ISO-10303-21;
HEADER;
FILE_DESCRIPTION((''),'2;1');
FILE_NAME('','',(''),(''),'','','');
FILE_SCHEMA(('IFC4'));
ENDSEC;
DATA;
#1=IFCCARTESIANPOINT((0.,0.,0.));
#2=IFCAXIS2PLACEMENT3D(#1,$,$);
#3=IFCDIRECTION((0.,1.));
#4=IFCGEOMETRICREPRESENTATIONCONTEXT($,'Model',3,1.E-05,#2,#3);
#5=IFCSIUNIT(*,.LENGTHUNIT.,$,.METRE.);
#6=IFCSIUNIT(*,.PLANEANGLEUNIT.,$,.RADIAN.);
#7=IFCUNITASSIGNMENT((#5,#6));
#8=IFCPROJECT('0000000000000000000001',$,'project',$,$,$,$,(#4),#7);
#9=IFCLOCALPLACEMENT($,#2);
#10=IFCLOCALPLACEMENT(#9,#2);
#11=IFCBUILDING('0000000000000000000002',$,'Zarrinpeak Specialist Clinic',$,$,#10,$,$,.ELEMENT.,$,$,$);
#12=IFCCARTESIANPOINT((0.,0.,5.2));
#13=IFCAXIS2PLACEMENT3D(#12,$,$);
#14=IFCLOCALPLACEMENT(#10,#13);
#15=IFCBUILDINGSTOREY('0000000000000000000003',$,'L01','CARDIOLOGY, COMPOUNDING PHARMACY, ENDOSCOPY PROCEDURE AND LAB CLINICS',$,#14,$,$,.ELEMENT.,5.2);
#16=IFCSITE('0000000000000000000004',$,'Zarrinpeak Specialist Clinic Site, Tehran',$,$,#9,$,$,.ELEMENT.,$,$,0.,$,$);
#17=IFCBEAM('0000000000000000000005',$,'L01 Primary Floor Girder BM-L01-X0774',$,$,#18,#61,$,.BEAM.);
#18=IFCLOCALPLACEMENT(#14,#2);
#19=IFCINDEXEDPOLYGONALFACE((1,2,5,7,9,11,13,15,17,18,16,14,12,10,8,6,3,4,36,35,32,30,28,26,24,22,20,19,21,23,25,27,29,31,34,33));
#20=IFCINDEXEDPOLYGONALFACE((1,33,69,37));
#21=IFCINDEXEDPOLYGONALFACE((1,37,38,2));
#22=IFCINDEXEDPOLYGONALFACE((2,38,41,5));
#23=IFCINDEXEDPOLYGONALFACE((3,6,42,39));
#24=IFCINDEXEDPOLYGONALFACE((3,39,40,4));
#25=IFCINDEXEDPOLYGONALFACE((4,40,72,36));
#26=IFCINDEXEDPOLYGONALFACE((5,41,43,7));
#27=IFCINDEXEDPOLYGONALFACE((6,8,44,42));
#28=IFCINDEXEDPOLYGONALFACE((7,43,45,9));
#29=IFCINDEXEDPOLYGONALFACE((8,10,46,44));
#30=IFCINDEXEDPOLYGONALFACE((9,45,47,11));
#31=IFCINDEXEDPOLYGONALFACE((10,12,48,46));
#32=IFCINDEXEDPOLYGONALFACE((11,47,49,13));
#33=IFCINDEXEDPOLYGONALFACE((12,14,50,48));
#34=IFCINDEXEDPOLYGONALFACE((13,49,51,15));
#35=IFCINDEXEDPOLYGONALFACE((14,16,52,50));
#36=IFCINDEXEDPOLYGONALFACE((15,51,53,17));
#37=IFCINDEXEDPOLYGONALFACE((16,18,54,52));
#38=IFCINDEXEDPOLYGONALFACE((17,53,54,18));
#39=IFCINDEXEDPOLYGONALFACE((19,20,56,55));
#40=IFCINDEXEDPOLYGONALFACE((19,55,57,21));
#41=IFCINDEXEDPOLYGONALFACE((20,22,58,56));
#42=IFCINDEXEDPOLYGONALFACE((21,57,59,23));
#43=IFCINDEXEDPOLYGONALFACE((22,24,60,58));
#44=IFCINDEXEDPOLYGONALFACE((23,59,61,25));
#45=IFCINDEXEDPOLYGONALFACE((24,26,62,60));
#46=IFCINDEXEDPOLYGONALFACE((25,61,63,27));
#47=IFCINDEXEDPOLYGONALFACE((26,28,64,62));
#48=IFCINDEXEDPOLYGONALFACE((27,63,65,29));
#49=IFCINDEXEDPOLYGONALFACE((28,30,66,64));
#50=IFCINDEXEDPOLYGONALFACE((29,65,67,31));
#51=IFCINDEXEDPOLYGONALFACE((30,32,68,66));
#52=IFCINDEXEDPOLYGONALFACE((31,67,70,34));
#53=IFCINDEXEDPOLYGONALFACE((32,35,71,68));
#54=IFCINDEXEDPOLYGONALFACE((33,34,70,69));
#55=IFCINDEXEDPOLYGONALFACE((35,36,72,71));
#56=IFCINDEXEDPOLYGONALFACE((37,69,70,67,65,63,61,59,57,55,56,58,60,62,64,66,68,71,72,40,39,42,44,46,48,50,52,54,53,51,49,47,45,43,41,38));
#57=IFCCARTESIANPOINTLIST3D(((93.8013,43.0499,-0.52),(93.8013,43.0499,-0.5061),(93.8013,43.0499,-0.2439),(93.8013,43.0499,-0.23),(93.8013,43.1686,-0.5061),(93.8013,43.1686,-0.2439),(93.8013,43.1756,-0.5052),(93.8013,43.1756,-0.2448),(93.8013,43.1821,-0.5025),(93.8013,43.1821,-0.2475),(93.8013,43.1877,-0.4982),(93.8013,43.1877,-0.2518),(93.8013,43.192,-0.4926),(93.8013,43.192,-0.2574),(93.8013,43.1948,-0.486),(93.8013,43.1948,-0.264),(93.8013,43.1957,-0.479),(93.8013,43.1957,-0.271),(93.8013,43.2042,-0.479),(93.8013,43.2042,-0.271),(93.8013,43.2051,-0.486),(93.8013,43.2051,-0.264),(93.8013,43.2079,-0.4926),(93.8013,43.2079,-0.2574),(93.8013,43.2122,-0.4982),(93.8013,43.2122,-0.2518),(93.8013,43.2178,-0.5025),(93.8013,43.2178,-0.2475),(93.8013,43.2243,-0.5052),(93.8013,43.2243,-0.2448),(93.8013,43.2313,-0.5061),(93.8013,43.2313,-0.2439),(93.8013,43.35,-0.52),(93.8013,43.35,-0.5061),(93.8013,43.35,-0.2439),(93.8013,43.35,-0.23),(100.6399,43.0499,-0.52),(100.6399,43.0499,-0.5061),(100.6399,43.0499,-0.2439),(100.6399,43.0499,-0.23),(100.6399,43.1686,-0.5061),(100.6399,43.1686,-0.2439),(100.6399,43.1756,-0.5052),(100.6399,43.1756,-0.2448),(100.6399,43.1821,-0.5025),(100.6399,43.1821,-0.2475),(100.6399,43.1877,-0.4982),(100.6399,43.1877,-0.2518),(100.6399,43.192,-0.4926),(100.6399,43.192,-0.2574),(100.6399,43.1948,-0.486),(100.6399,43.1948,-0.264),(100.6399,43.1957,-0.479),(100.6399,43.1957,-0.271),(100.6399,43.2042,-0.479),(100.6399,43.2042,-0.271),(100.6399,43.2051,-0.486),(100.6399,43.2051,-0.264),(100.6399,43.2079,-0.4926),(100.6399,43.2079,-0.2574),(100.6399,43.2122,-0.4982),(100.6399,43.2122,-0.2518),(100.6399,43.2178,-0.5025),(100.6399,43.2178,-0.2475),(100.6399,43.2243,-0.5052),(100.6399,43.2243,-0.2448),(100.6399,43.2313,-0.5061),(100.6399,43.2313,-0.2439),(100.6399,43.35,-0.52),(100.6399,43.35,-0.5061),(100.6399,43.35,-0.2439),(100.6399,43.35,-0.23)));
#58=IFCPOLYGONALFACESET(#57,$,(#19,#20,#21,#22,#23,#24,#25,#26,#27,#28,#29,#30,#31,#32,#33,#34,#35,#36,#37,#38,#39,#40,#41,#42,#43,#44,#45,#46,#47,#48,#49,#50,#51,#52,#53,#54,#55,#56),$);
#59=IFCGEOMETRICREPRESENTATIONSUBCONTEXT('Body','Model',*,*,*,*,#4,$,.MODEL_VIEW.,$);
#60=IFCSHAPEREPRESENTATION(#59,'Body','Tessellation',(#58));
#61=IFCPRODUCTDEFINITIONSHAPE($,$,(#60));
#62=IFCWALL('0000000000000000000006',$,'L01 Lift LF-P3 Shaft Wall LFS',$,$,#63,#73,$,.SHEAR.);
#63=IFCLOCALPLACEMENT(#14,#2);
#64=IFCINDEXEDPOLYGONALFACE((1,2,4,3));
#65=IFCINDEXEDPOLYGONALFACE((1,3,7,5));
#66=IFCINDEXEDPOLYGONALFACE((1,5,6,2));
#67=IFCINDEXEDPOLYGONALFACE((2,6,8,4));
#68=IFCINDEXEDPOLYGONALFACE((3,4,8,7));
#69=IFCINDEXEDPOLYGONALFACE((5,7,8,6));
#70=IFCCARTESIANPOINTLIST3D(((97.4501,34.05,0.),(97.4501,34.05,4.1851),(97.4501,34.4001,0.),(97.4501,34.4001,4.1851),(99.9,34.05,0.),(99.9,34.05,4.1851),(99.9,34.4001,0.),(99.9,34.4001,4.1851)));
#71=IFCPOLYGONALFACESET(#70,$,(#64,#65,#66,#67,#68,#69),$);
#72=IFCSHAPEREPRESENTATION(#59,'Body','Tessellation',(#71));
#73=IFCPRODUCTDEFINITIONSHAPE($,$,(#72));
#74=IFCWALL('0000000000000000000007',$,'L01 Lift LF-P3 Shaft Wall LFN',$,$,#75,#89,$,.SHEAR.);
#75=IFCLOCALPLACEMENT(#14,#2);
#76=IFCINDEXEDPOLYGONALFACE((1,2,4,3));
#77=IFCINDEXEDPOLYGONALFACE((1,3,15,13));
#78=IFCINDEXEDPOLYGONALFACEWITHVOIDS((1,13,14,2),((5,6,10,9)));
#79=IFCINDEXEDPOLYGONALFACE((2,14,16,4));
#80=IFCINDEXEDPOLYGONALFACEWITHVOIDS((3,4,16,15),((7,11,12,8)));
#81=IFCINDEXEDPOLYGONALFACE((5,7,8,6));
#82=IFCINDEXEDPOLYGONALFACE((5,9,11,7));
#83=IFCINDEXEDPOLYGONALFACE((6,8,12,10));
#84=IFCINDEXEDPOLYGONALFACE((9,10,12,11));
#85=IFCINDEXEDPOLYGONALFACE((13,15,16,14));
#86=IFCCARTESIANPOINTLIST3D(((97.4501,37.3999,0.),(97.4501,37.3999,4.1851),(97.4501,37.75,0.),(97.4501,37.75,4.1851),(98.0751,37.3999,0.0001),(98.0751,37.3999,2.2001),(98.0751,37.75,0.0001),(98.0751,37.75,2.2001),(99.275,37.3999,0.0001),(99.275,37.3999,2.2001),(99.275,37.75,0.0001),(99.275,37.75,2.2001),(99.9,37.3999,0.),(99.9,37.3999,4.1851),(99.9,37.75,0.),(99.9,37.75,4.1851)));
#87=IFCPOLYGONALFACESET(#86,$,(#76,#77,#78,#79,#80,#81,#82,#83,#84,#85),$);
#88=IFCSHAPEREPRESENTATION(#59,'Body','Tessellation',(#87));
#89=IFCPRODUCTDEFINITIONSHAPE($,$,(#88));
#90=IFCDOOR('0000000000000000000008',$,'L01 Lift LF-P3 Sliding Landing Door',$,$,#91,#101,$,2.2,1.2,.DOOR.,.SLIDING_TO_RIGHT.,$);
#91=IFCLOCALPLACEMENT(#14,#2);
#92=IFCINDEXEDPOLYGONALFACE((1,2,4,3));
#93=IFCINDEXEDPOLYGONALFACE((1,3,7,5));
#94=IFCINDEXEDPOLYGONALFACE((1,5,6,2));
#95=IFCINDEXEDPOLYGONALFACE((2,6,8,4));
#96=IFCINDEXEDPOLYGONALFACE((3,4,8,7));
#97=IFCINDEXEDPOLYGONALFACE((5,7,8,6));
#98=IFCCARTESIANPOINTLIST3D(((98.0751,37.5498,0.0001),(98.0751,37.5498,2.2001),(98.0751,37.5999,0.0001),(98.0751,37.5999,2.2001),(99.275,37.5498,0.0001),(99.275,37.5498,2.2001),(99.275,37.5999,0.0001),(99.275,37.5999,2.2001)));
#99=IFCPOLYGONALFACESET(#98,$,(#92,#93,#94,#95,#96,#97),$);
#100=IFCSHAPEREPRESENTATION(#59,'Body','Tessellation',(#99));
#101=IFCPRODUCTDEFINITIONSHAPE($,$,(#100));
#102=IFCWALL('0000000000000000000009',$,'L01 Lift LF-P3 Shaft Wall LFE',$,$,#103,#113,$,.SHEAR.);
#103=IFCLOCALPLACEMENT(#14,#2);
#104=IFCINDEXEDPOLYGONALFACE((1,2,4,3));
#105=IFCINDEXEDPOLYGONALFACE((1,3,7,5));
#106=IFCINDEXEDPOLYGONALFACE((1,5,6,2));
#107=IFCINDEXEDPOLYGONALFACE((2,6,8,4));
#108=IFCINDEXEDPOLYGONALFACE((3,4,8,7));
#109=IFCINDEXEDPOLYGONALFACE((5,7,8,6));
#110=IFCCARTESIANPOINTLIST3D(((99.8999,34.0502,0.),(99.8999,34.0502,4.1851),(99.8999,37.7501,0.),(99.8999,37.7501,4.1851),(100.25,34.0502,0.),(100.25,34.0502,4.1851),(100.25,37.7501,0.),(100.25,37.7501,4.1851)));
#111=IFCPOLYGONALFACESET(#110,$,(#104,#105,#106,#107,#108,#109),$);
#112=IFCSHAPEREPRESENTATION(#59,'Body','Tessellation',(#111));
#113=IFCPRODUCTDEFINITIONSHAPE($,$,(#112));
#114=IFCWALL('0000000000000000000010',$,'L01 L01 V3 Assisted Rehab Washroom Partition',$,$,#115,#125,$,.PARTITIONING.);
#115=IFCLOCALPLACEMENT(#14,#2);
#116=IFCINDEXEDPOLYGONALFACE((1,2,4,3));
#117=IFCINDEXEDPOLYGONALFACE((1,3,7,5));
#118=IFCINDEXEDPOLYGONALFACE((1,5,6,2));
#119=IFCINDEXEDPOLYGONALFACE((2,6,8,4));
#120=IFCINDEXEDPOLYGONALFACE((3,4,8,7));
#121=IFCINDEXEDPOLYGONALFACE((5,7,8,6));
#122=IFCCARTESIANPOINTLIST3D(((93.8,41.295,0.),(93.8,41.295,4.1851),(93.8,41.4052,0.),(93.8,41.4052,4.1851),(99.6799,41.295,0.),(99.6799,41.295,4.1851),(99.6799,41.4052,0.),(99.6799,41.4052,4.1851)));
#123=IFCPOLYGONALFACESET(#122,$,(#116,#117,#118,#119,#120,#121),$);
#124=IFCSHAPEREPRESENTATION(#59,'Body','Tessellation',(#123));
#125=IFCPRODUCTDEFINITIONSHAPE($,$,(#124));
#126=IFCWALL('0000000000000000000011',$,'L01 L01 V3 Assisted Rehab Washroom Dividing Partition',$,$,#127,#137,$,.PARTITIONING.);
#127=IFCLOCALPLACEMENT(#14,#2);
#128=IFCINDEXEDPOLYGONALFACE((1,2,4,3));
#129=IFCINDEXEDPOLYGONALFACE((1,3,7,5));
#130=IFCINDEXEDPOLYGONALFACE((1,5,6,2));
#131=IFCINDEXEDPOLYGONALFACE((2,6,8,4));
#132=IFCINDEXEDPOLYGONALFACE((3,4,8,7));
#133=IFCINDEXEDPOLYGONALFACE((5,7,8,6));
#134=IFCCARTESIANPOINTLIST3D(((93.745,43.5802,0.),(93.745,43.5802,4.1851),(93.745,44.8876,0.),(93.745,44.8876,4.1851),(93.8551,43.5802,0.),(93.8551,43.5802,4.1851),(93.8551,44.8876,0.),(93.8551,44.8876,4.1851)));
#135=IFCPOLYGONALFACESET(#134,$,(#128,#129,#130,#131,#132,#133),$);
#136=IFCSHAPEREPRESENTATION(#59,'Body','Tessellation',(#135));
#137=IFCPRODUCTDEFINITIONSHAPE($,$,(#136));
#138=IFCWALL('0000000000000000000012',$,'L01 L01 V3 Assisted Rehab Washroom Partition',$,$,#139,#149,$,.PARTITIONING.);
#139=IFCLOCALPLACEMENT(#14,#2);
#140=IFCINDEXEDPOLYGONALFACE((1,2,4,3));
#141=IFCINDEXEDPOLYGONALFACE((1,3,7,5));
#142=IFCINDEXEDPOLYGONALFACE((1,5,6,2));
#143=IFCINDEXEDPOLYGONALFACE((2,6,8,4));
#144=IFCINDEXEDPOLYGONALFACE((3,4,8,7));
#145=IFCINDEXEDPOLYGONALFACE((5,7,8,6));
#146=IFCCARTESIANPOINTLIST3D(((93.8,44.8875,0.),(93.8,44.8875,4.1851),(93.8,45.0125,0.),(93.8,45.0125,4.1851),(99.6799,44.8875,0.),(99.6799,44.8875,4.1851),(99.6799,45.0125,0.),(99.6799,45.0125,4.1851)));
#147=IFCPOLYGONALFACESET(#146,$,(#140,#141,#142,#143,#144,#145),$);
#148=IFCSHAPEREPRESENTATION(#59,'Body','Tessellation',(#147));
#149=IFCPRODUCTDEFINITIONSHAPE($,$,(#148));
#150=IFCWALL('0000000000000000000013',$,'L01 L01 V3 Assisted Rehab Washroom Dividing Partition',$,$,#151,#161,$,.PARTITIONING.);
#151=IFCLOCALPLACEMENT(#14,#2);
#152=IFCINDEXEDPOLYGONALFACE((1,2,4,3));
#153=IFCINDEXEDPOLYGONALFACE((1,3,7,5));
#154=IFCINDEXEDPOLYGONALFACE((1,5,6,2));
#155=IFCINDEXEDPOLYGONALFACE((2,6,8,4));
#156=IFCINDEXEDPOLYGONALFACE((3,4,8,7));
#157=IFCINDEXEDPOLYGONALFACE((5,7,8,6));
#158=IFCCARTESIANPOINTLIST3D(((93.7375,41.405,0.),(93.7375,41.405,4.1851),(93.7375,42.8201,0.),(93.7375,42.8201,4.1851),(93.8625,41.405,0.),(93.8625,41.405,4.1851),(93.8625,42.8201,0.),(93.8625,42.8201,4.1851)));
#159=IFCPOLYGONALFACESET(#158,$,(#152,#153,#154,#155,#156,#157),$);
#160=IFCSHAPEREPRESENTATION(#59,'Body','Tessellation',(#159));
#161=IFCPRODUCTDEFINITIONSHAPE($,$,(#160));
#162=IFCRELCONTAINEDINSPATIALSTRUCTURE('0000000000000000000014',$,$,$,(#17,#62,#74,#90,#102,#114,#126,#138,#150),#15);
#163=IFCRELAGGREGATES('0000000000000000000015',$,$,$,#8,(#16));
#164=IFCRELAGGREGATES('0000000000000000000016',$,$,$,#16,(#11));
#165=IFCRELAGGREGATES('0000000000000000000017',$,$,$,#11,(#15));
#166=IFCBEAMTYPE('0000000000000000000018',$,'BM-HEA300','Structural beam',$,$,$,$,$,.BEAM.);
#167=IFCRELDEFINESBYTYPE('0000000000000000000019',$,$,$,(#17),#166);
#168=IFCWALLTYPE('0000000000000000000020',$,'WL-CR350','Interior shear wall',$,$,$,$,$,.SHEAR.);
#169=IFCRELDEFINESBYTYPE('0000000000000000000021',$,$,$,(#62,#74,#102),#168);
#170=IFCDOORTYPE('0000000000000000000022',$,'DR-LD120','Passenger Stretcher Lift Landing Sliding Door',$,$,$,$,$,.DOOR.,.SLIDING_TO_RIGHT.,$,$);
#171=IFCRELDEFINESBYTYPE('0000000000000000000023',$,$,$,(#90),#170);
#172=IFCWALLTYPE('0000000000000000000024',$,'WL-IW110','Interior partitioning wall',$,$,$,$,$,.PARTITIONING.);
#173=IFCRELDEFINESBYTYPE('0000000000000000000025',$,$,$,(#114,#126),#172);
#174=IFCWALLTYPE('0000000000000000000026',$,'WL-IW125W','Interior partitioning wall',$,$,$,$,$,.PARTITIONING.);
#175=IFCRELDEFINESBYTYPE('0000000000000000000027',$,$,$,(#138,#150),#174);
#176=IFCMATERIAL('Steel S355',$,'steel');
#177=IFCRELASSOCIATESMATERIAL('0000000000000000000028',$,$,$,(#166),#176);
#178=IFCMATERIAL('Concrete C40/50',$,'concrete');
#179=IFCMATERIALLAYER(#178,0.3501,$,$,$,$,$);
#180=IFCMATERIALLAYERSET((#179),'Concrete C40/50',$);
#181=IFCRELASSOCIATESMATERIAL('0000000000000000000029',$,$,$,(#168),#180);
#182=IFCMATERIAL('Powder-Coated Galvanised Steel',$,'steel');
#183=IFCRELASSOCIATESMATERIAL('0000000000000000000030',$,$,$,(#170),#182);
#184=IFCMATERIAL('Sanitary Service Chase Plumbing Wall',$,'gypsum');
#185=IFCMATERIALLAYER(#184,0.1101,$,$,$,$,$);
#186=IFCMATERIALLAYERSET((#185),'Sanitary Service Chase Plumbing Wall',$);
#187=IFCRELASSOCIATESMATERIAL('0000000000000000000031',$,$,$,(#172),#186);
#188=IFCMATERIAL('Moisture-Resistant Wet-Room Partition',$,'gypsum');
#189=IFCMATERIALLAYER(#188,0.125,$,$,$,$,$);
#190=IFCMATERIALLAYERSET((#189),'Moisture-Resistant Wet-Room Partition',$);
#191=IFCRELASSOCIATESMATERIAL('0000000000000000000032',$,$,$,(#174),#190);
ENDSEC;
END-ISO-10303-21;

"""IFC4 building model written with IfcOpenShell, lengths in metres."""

from ifc_helpers import new_model, si_unit, direction, frame, frame_2d, origin, origin_2d, place, context, subcontext, project, spatial, rectangle, i_section, extrude, material, layer, layer_set, material_profile, profile_set, type_object, element, fill, save


model = new_model("IFC4")

# Units and contexts
model_context = context("Model", 3, precision=1e-05, world=origin(), true_north=direction((0.0, 1.0)))
body_context = subcontext(model_context, "Body", "Model", "MODEL_VIEW")
ifc_project = project(units=[si_unit("LENGTHUNIT", "METRE"), si_unit("PLANEANGLEUNIT", "RADIAN")], contexts=[model_context])

# Site, building, storey
site_placement = place(None, origin())
site = spatial("IfcSite", under=ifc_project, at=site_placement, Name="Zarrinpeak Specialist Clinic Site, Tehran", CompositionType="ELEMENT", RefElevation=0.0)
building_placement = place(site_placement, origin())
building = spatial("IfcBuilding", under=site, at=building_placement, Name="Zarrinpeak Specialist Clinic", CompositionType="ELEMENT")
storey_placement = place(building_placement, frame((0.0, 0.0, 5.2)))
storey = spatial("IfcBuildingStorey", under=building, at=storey_placement, Name="L01", Description="CARDIOLOGY, COMPOUNDING PHARMACY, ENDOSCOPY PROCEDURE AND LAB CLINICS", CompositionType="ELEMENT", Elevation=5.2)

# Beam
ifc_material_1 = material(Name="Steel S355", Category="steel")
ifc_material_profile = material_profile(ifc_material_1, i_section(OverallWidth=0.3, OverallDepth=0.29, WebThickness=0.0085, FlangeThickness=0.0139, FilletRadius=0.0271, at=origin_2d()), Name="HEA 300")
ifc_profile_set = profile_set([ifc_material_profile], Name="Steel S355")
beam_type = type_object("IfcBeamType", Name="BM-HEA300", Description="Structural beam", PredefinedType="BEAM", material=ifc_profile_set)
beam_placement = place(storey_placement, frame((93.8013, 43.2, -0.375), z_axis=(1.0, 0.0, 0.0), x_axis=(0.0, 1.0, 0.0)))
element("IfcBeam", 1, at=beam_placement, inside=storey, type_object=beam_type, Name="L01 Primary Floor Girder BM-L01-X0774", PredefinedType="BEAM", context=body_context, shape_type="SweptSolid", body=[
    extrude(i_section(OverallWidth=0.3, OverallDepth=0.29, WebThickness=0.0085, FlangeThickness=0.0139, FilletRadius=0.0271, at=origin_2d()), origin(), (0.0, 0.0, 1.0), 6.8386),
])

# Shared definitions
ifc_material_2 = material(Name="Concrete C40/50", Category="concrete")
ifc_layer_1 = layer(ifc_material_2, 0.3501)
ifc_layer_set_1 = layer_set([ifc_layer_1], Name="Concrete C40/50")
wall_type_1 = type_object("IfcWallType", Name="WL-CR350", Description="Interior shear wall", PredefinedType="SHEAR", material=ifc_layer_set_1)
ifc_material_3 = material(Name="Powder-Coated Galvanised Steel", Category="steel")

# Wall
wall_1_placement = place(storey_placement, frame((97.45, 34.2251, 0.0), z_axis=(0.0, 0.0, 1.0), x_axis=(1.0, 0.0, 0.0)))
element("IfcWall", 2, at=wall_1_placement, inside=storey, type_object=wall_type_1, Name="L01 Lift LF-P3 Shaft Wall LFS", PredefinedType="SHEAR", context=body_context, shape_type="SweptSolid", body=[
    extrude(rectangle(XDim=2.45, YDim=0.3501, at=frame_2d((1.2251, 0.0))), origin(), (0.0, 0.0, 1.0), 4.1851),
])

# Wall, opening, door
wall_2_placement = place(storey_placement, frame((97.45, 37.575, 0.0), z_axis=(0.0, 0.0, 1.0), x_axis=(1.0, 0.0, 0.0)))
wall_2 = element("IfcWall", 3, at=wall_2_placement, inside=storey, type_object=wall_type_1, Name="L01 Lift LF-P3 Shaft Wall LFN", PredefinedType="SHEAR", context=body_context, shape_type="SweptSolid", body=[
    extrude(rectangle(XDim=2.45, YDim=0.3501, at=frame_2d((1.2251, 0.0))), origin(), (0.0, 0.0, 1.0), 4.1851),
])
opening_1_placement = place(wall_2_placement, frame((0.625, 0.0, 0.0)))
opening_1 = element("IfcOpeningElement", 4, at=opening_1_placement, cuts=wall_2, PredefinedType="OPENING", context=body_context, shape_type="SweptSolid", body=[
    extrude(rectangle(XDim=1.2, YDim=2.2, at=frame_2d((0.6001, 1.1001))), frame((0.0, 0.1851, 0.0), z_axis=(0.0, -1.0, 0.0), x_axis=(1.0, 0.0, 0.0)), (0.0, 0.0, 1.0), 0.3701),
])
door_type_1 = type_object("IfcDoorType", Name="DR-LD120", Description="Passenger Stretcher Lift Landing Sliding Door", OperationType="SLIDING_TO_RIGHT", PredefinedType="DOOR", material=ifc_material_3)
door_1_placement = place(opening_1_placement, origin())
door_1 = element("IfcDoor", 5, at=door_1_placement, inside=storey, type_object=door_type_1, Name="L01 Lift LF-P3 Sliding Landing Door", OperationType="SLIDING_TO_RIGHT", OverallHeight=2.2, OverallWidth=1.2, PredefinedType="DOOR", context=body_context, shape_type="SweptSolid", body=[
    extrude(rectangle(XDim=1.2, YDim=2.2, at=frame_2d((0.6001, 1.1001))), frame((0.0, 0.0249, 0.0), z_axis=(0.0, -1.0, 0.0), x_axis=(1.0, 0.0, 0.0)), (0.0, 0.0, 1.0), 0.05),
])
fill(opening_1, door_1)

# Walls
wall_3_placement = place(storey_placement, frame((100.075, 34.05, 0.0), z_axis=(0.0, 0.0, 1.0), x_axis=(0.0, 1.0, 0.0)))
element("IfcWall", 6, at=wall_3_placement, inside=storey, type_object=wall_type_1, Name="L01 Lift LF-P3 Shaft Wall LFE", PredefinedType="SHEAR", context=body_context, shape_type="SweptSolid", body=[
    extrude(rectangle(XDim=3.7, YDim=0.3501, at=frame_2d((1.8501, 0.0))), origin(), (0.0, 0.0, 1.0), 4.1851),
])
ifc_material_4 = material(Name="Sanitary Service Chase Plumbing Wall", Category="gypsum")
ifc_layer_2 = layer(ifc_material_4, 0.1101)
ifc_layer_set_2 = layer_set([ifc_layer_2], Name="Sanitary Service Chase Plumbing Wall")
wall_type_2 = type_object("IfcWallType", Name="WL-IW110", Description="Interior partitioning wall", PredefinedType="PARTITIONING", material=ifc_layer_set_2)
wall_4_placement = place(storey_placement, frame((93.8, 41.3501, 0.0), z_axis=(0.0, 0.0, 1.0), x_axis=(1.0, 0.0, 0.0)))
element("IfcWall", 7, at=wall_4_placement, inside=storey, type_object=wall_type_2, Name="L01 L01 V3 Assisted Rehab Washroom Partition", PredefinedType="PARTITIONING", context=body_context, shape_type="SweptSolid", body=[
    extrude(rectangle(XDim=5.8799, YDim=0.1101, at=frame_2d((2.9399, 0.0))), origin(), (0.0, 0.0, 1.0), 4.1851),
])
wall_5_placement = place(storey_placement, frame((93.8, 43.5801, 0.0), z_axis=(0.0, 0.0, 1.0), x_axis=(0.0, 1.0, 0.0)))
element("IfcWall", 8, at=wall_5_placement, inside=storey, type_object=wall_type_2, Name="L01 L01 V3 Assisted Rehab Washroom Dividing Partition", PredefinedType="PARTITIONING", context=body_context, shape_type="SweptSolid", body=[
    extrude(rectangle(XDim=1.3074, YDim=0.1101, at=frame_2d((0.6538, 0.0))), origin(), (0.0, 0.0, 1.0), 4.1851),
])
ifc_material_5 = material(Name="Moisture-Resistant Wet-Room Partition", Category="gypsum")
ifc_layer_3 = layer(ifc_material_5, 0.125)
ifc_layer_set_3 = layer_set([ifc_layer_3], Name="Moisture-Resistant Wet-Room Partition")
wall_type_3 = type_object("IfcWallType", Name="WL-IW125W", Description="Interior partitioning wall", PredefinedType="PARTITIONING", material=ifc_layer_set_3)
wall_6_placement = place(storey_placement, frame((93.8, 44.95, 0.0), z_axis=(0.0, 0.0, 1.0), x_axis=(1.0, 0.0, 0.0)))
element("IfcWall", 9, at=wall_6_placement, inside=storey, type_object=wall_type_3, Name="L01 L01 V3 Assisted Rehab Washroom Partition", PredefinedType="PARTITIONING", context=body_context, shape_type="SweptSolid", body=[
    extrude(rectangle(XDim=5.8799, YDim=0.125, at=frame_2d((2.9399, 0.0))), origin(), (0.0, 0.0, 1.0), 4.1851),
])
wall_7_placement = place(storey_placement, frame((93.8, 41.405, 0.0), z_axis=(0.0, 0.0, 1.0), x_axis=(0.0, 1.0, 0.0)))
element("IfcWall", 10, at=wall_7_placement, inside=storey, type_object=wall_type_3, Name="L01 L01 V3 Assisted Rehab Washroom Dividing Partition", PredefinedType="PARTITIONING", context=body_context, shape_type="SweptSolid", body=[
    extrude(rectangle(XDim=1.415, YDim=0.125, at=frame_2d((0.7075, 0.0))), origin(), (0.0, 0.0, 1.0), 4.1851),
])

save(model, "model.ifc")
